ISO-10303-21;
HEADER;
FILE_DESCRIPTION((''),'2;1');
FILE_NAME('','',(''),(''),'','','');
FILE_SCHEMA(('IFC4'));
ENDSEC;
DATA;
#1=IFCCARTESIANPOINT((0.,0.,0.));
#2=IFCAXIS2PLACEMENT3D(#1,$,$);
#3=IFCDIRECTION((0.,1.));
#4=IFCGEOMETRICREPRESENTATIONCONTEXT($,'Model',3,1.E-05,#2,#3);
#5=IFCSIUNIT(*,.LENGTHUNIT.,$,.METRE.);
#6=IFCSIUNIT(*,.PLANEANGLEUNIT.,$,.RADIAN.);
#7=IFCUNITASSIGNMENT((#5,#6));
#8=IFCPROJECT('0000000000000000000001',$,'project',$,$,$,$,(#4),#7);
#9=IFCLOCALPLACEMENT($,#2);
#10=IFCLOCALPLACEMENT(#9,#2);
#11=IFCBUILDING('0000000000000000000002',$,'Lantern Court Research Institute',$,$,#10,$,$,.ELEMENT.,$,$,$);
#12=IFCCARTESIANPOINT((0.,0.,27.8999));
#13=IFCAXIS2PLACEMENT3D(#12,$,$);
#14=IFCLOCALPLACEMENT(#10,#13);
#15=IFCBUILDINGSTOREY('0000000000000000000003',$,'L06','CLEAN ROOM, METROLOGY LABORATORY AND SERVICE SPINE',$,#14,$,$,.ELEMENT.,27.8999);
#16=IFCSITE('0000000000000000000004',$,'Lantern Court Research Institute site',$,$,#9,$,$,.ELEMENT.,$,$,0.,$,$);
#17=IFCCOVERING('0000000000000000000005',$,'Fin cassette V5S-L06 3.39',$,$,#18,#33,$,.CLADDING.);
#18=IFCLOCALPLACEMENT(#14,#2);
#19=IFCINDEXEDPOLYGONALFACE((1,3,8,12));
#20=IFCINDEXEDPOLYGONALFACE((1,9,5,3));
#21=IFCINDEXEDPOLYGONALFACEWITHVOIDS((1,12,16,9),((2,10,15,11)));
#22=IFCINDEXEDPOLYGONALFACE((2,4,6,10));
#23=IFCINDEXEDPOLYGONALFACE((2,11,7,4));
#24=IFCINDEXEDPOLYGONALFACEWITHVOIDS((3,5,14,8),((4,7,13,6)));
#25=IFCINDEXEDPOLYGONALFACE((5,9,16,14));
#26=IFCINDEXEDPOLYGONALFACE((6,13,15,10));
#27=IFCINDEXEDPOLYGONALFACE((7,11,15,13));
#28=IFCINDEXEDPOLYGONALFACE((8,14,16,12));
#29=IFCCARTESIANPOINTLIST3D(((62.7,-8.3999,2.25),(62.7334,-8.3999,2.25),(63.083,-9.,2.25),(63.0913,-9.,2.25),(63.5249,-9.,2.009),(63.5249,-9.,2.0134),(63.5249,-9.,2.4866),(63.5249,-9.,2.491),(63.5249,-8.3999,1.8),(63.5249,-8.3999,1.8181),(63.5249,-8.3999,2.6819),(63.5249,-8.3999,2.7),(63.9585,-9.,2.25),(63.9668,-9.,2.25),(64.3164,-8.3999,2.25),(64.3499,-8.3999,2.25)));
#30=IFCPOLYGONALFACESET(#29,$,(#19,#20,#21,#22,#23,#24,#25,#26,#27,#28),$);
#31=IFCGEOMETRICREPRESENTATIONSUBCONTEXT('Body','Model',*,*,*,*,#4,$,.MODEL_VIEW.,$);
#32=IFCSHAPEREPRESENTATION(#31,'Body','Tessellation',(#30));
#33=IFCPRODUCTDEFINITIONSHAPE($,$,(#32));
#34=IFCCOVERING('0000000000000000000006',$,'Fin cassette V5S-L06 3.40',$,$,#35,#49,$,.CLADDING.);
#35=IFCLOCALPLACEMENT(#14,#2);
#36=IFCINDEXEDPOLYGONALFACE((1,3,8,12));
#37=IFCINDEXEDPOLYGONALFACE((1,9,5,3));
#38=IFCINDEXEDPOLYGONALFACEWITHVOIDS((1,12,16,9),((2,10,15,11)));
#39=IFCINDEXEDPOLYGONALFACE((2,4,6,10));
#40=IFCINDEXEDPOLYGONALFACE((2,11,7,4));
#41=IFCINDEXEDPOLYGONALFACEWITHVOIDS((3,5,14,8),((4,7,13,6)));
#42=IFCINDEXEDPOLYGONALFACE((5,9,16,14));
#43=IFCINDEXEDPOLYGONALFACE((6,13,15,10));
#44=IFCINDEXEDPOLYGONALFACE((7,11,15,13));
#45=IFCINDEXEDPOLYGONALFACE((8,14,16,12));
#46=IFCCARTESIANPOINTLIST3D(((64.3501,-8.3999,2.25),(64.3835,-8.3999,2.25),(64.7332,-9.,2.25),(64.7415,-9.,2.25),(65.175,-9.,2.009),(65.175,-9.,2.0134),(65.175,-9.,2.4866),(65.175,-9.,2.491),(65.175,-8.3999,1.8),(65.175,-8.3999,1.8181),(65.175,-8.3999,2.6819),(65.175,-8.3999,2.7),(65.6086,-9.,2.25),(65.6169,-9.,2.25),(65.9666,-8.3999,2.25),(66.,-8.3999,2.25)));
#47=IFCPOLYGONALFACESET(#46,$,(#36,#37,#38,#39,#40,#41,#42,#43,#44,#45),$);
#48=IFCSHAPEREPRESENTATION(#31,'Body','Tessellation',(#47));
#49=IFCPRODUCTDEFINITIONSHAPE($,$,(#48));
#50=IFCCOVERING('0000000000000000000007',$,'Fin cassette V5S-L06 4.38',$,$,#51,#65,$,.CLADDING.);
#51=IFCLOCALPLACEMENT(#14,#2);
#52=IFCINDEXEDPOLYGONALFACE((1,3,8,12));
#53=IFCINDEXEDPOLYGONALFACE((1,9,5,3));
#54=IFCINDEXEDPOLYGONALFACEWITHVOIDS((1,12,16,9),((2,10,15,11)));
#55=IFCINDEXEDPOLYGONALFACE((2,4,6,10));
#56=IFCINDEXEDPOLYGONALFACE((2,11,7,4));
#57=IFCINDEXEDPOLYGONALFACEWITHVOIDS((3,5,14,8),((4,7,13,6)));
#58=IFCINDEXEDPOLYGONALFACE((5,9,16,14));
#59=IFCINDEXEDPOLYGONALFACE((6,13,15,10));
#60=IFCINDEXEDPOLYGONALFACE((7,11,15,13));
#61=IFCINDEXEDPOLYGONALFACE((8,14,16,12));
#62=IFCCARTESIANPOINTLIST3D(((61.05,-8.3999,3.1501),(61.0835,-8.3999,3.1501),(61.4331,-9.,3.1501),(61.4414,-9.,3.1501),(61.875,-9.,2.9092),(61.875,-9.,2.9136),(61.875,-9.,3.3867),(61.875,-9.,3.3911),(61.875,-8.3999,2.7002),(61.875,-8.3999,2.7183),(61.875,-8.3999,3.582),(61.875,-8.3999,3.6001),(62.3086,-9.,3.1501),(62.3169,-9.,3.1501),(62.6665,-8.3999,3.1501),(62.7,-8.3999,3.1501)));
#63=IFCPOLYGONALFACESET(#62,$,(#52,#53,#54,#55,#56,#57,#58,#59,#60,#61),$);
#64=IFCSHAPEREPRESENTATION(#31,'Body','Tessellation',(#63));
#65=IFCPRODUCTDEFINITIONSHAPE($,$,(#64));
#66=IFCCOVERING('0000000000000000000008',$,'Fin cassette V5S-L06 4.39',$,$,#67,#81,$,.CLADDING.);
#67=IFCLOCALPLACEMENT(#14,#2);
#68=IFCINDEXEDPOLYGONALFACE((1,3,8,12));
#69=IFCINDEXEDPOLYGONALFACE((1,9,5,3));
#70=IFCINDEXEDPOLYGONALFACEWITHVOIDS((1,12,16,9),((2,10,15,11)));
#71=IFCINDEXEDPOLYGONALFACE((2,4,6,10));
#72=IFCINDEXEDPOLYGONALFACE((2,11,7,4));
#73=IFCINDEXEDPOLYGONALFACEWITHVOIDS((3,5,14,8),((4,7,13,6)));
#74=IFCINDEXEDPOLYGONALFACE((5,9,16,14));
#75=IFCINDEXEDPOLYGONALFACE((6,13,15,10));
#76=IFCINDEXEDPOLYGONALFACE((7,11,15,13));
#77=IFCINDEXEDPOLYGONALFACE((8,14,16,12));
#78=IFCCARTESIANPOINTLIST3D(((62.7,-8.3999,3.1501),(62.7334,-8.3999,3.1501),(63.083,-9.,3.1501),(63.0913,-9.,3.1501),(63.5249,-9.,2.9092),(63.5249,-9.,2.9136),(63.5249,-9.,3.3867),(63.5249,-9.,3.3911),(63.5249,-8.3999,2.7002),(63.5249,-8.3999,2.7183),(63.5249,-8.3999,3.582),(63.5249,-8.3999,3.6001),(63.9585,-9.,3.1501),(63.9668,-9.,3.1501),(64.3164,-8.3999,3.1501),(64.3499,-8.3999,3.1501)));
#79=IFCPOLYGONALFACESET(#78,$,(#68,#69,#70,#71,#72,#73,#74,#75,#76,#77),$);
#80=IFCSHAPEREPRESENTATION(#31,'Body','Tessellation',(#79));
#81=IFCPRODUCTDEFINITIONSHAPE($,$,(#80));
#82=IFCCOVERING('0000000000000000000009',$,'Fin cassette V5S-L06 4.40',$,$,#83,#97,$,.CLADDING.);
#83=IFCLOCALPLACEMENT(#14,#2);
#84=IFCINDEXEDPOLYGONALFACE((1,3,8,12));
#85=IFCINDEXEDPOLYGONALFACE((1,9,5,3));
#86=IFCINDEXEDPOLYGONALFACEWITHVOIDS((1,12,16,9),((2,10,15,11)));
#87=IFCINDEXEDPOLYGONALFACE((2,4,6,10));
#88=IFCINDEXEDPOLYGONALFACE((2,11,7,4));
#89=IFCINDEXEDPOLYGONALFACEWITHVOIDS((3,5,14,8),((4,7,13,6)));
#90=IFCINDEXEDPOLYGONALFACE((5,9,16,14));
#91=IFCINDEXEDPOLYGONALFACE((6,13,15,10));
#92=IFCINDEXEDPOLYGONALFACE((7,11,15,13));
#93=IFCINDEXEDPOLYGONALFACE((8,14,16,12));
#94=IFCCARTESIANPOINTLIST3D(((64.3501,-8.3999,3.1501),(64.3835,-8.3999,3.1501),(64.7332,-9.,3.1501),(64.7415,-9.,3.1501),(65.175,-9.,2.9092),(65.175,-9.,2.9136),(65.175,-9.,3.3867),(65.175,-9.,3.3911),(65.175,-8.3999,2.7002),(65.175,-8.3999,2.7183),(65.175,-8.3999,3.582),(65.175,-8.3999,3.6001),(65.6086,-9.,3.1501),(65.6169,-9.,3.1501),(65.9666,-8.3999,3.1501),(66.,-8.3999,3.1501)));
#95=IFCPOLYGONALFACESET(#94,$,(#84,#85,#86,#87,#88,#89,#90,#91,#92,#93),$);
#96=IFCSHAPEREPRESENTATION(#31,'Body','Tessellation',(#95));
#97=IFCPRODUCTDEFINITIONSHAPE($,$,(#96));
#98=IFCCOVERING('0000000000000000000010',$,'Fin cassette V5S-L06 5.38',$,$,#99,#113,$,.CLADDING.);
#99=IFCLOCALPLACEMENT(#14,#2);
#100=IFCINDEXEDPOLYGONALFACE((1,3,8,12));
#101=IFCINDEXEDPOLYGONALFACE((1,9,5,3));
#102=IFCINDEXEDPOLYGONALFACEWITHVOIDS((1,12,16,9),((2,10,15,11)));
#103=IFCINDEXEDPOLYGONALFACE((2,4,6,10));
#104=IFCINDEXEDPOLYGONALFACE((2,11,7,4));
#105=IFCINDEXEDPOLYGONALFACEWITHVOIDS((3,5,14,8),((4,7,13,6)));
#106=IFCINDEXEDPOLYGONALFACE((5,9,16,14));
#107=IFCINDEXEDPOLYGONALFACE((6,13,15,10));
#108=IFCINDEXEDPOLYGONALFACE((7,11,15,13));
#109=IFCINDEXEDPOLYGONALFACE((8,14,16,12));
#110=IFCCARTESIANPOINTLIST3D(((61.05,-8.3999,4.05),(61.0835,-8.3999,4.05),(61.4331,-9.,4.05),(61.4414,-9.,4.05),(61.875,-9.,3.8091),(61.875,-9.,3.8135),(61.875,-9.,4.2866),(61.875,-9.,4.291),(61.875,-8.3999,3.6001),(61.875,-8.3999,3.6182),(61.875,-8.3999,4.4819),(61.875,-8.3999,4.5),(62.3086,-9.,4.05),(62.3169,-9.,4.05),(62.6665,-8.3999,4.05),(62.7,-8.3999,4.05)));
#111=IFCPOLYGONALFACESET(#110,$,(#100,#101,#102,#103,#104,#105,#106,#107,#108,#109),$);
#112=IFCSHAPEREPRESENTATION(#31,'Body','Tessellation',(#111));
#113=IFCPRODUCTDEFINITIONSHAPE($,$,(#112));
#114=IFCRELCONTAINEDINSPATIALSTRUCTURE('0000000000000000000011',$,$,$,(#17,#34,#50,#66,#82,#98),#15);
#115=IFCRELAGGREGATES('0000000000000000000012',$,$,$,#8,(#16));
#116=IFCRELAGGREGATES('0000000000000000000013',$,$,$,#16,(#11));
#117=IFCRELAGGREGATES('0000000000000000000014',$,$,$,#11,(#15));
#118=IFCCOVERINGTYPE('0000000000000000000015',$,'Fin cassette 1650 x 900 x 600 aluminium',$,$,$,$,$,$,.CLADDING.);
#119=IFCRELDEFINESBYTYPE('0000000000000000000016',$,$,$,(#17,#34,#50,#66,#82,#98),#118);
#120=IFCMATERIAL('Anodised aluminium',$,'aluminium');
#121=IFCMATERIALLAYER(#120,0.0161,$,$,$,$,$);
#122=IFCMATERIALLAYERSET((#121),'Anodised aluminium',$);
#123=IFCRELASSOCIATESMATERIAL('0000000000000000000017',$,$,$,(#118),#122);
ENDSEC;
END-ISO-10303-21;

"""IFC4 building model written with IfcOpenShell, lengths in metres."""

from ifc_helpers import new_model, entity, si_unit, direction, frame, origin, place, context, subcontext, project, spatial, material, layer, layer_set, type_object, element, save


model = new_model("IFC4")

# Units and contexts
model_context = context("Model", 3, precision=1e-05, world=origin(), true_north=direction((0.0, 1.0)))
body_context = subcontext(model_context, "Body", "Model", "MODEL_VIEW")
ifc_project = project(units=[si_unit("LENGTHUNIT", "METRE"), si_unit("PLANEANGLEUNIT", "RADIAN")], contexts=[model_context])

# Site, building, storey
site_placement = place(None, origin())
site = spatial("IfcSite", under=ifc_project, at=site_placement, Name="Lantern Court Research Institute site", CompositionType="ELEMENT", RefElevation=0.0)
building_placement = place(site_placement, origin())
building = spatial("IfcBuilding", under=site, at=building_placement, Name="Lantern Court Research Institute", CompositionType="ELEMENT")
storey_placement = place(building_placement, frame((0.0, 0.0, 27.8999)))
storey = spatial("IfcBuildingStorey", under=building, at=storey_placement, Name="L06", Description="CLEAN ROOM, METROLOGY LABORATORY AND SERVICE SPINE", CompositionType="ELEMENT", Elevation=27.8999)

# Coverings
ifc_material_1 = material(Name="Anodised aluminium", Category="aluminium")
ifc_layer_1 = layer(ifc_material_1, 0.0161)
ifc_layer_set_1 = layer_set([ifc_layer_1], Name="Anodised aluminium")
covering_type = type_object("IfcCoveringType", Name="Fin cassette 1650 x 900 x 600 aluminium", PredefinedType="CLADDING", material=ifc_layer_set_1)
covering_1_placement = place(storey_placement, frame((63.5249, -8.3999, 2.25), z_axis=(0.0, -1.0, 0.0), x_axis=(1.0, 0.0, 0.0)))
cartesian_point_1 = entity("IfcCartesianPoint", [0.825, 0.0])
cartesian_point_2 = entity("IfcCartesianPoint", [0.7915, 0.0])
cartesian_point_3 = entity("IfcCartesianPoint", [0.4419, 0.0])
cartesian_point_4 = entity("IfcCartesianPoint", [0.4336, 0.0])
element("IfcCovering", 1, at=covering_1_placement, inside=storey, type_object=covering_type, Name="Fin cassette V5S-L06 3.39", PredefinedType="CLADDING", context=body_context, shape_type="SweptSolid", body=[
    entity("IfcExtrudedAreaSolidTapered", entity("IfcArbitraryProfileDefWithVoids", "AREA", None, entity("IfcPolyline", [cartesian_point_1, entity("IfcCartesianPoint", [0.0, 0.45]), entity("IfcCartesianPoint", [-0.825, 0.0]), entity("IfcCartesianPoint", [0.0, -0.45]), cartesian_point_1]), [entity("IfcPolyline", [cartesian_point_2, entity("IfcCartesianPoint", [0.0, 0.4319]), entity("IfcCartesianPoint", [-0.7915, 0.0]), entity("IfcCartesianPoint", [0.0, -0.4319]), cartesian_point_2])]), entity("IfcAxis2Placement3D", entity("IfcCartesianPoint", [0.0, 0.0, 0.0])), entity("IfcDirection", [0.0, 0.0, 1.0]), 0.6001, entity("IfcArbitraryProfileDefWithVoids", "AREA", None, entity("IfcPolyline", [cartesian_point_3, entity("IfcCartesianPoint", [0.0, 0.241]), entity("IfcCartesianPoint", [-0.4419, 0.0]), entity("IfcCartesianPoint", [0.0, -0.241]), cartesian_point_3]), [entity("IfcPolyline", [cartesian_point_4, entity("IfcCartesianPoint", [0.0, 0.2366]), entity("IfcCartesianPoint", [-0.4336, 0.0]), entity("IfcCartesianPoint", [0.0, -0.2366]), cartesian_point_4])])),
])
covering_2_placement = place(storey_placement, frame((65.175, -8.3999, 2.25), z_axis=(0.0, -1.0, 0.0), x_axis=(1.0, 0.0, 0.0)))
cartesian_point_5 = entity("IfcCartesianPoint", [0.825, 0.0])
cartesian_point_6 = entity("IfcCartesianPoint", [0.7915, 0.0])
cartesian_point_7 = entity("IfcCartesianPoint", [0.4419, 0.0])
cartesian_point_8 = entity("IfcCartesianPoint", [0.4336, 0.0])
element("IfcCovering", 2, at=covering_2_placement, inside=storey, type_object=covering_type, Name="Fin cassette V5S-L06 3.40", PredefinedType="CLADDING", context=body_context, shape_type="SweptSolid", body=[
    entity("IfcExtrudedAreaSolidTapered", entity("IfcArbitraryProfileDefWithVoids", "AREA", None, entity("IfcPolyline", [cartesian_point_5, entity("IfcCartesianPoint", [0.0, 0.45]), entity("IfcCartesianPoint", [-0.825, 0.0]), entity("IfcCartesianPoint", [0.0, -0.45]), cartesian_point_5]), [entity("IfcPolyline", [cartesian_point_6, entity("IfcCartesianPoint", [0.0, 0.4319]), entity("IfcCartesianPoint", [-0.7915, 0.0]), entity("IfcCartesianPoint", [0.0, -0.4319]), cartesian_point_6])]), entity("IfcAxis2Placement3D", entity("IfcCartesianPoint", [0.0, 0.0, 0.0])), entity("IfcDirection", [0.0, 0.0, 1.0]), 0.6001, entity("IfcArbitraryProfileDefWithVoids", "AREA", None, entity("IfcPolyline", [cartesian_point_7, entity("IfcCartesianPoint", [0.0, 0.241]), entity("IfcCartesianPoint", [-0.4419, 0.0]), entity("IfcCartesianPoint", [0.0, -0.241]), cartesian_point_7]), [entity("IfcPolyline", [cartesian_point_8, entity("IfcCartesianPoint", [0.0, 0.2366]), entity("IfcCartesianPoint", [-0.4336, 0.0]), entity("IfcCartesianPoint", [0.0, -0.2366]), cartesian_point_8])])),
])
covering_3_placement = place(storey_placement, frame((61.875, -8.3999, 3.1501), z_axis=(0.0, -1.0, 0.0), x_axis=(1.0, 0.0, 0.0)))
cartesian_point_9 = entity("IfcCartesianPoint", [0.825, 0.0])
cartesian_point_10 = entity("IfcCartesianPoint", [0.7915, 0.0])
cartesian_point_11 = entity("IfcCartesianPoint", [0.4419, 0.0])
cartesian_point_12 = entity("IfcCartesianPoint", [0.4336, 0.0])
element("IfcCovering", 3, at=covering_3_placement, inside=storey, type_object=covering_type, Name="Fin cassette V5S-L06 4.38", PredefinedType="CLADDING", context=body_context, shape_type="SweptSolid", body=[
    entity("IfcExtrudedAreaSolidTapered", entity("IfcArbitraryProfileDefWithVoids", "AREA", None, entity("IfcPolyline", [cartesian_point_9, entity("IfcCartesianPoint", [0.0, 0.45]), entity("IfcCartesianPoint", [-0.825, 0.0]), entity("IfcCartesianPoint", [0.0, -0.45]), cartesian_point_9]), [entity("IfcPolyline", [cartesian_point_10, entity("IfcCartesianPoint", [0.0, 0.4319]), entity("IfcCartesianPoint", [-0.7915, 0.0]), entity("IfcCartesianPoint", [0.0, -0.4319]), cartesian_point_10])]), entity("IfcAxis2Placement3D", entity("IfcCartesianPoint", [0.0, 0.0, 0.0])), entity("IfcDirection", [0.0, 0.0, 1.0]), 0.6001, entity("IfcArbitraryProfileDefWithVoids", "AREA", None, entity("IfcPolyline", [cartesian_point_11, entity("IfcCartesianPoint", [0.0, 0.241]), entity("IfcCartesianPoint", [-0.4419, 0.0]), entity("IfcCartesianPoint", [0.0, -0.241]), cartesian_point_11]), [entity("IfcPolyline", [cartesian_point_12, entity("IfcCartesianPoint", [0.0, 0.2366]), entity("IfcCartesianPoint", [-0.4336, 0.0]), entity("IfcCartesianPoint", [0.0, -0.2366]), cartesian_point_12])])),
])
covering_4_placement = place(storey_placement, frame((63.5249, -8.3999, 3.1501), z_axis=(0.0, -1.0, 0.0), x_axis=(1.0, 0.0, 0.0)))
cartesian_point_13 = entity("IfcCartesianPoint", [0.825, 0.0])
cartesian_point_14 = entity("IfcCartesianPoint", [0.7915, 0.0])
cartesian_point_15 = entity("IfcCartesianPoint", [0.4419, 0.0])
cartesian_point_16 = entity("IfcCartesianPoint", [0.4336, 0.0])
element("IfcCovering", 4, at=covering_4_placement, inside=storey, type_object=covering_type, Name="Fin cassette V5S-L06 4.39", PredefinedType="CLADDING", context=body_context, shape_type="SweptSolid", body=[
    entity("IfcExtrudedAreaSolidTapered", entity("IfcArbitraryProfileDefWithVoids", "AREA", None, entity("IfcPolyline", [cartesian_point_13, entity("IfcCartesianPoint", [0.0, 0.45]), entity("IfcCartesianPoint", [-0.825, 0.0]), entity("IfcCartesianPoint", [0.0, -0.45]), cartesian_point_13]), [entity("IfcPolyline", [cartesian_point_14, entity("IfcCartesianPoint", [0.0, 0.4319]), entity("IfcCartesianPoint", [-0.7915, 0.0]), entity("IfcCartesianPoint", [0.0, -0.4319]), cartesian_point_14])]), entity("IfcAxis2Placement3D", entity("IfcCartesianPoint", [0.0, 0.0, 0.0])), entity("IfcDirection", [0.0, 0.0, 1.0]), 0.6001, entity("IfcArbitraryProfileDefWithVoids", "AREA", None, entity("IfcPolyline", [cartesian_point_15, entity("IfcCartesianPoint", [0.0, 0.241]), entity("IfcCartesianPoint", [-0.4419, 0.0]), entity("IfcCartesianPoint", [0.0, -0.241]), cartesian_point_15]), [entity("IfcPolyline", [cartesian_point_16, entity("IfcCartesianPoint", [0.0, 0.2366]), entity("IfcCartesianPoint", [-0.4336, 0.0]), entity("IfcCartesianPoint", [0.0, -0.2366]), cartesian_point_16])])),
])
covering_5_placement = place(storey_placement, frame((65.175, -8.3999, 3.1501), z_axis=(0.0, -1.0, 0.0), x_axis=(1.0, 0.0, 0.0)))
cartesian_point_17 = entity("IfcCartesianPoint", [0.825, 0.0])
cartesian_point_18 = entity("IfcCartesianPoint", [0.7915, 0.0])
cartesian_point_19 = entity("IfcCartesianPoint", [0.4419, 0.0])
cartesian_point_20 = entity("IfcCartesianPoint", [0.4336, 0.0])
element("IfcCovering", 5, at=covering_5_placement, inside=storey, type_object=covering_type, Name="Fin cassette V5S-L06 4.40", PredefinedType="CLADDING", context=body_context, shape_type="SweptSolid", body=[
    entity("IfcExtrudedAreaSolidTapered", entity("IfcArbitraryProfileDefWithVoids", "AREA", None, entity("IfcPolyline", [cartesian_point_17, entity("IfcCartesianPoint", [0.0, 0.45]), entity("IfcCartesianPoint", [-0.825, 0.0]), entity("IfcCartesianPoint", [0.0, -0.45]), cartesian_point_17]), [entity("IfcPolyline", [cartesian_point_18, entity("IfcCartesianPoint", [0.0, 0.4319]), entity("IfcCartesianPoint", [-0.7915, 0.0]), entity("IfcCartesianPoint", [0.0, -0.4319]), cartesian_point_18])]), entity("IfcAxis2Placement3D", entity("IfcCartesianPoint", [0.0, 0.0, 0.0])), entity("IfcDirection", [0.0, 0.0, 1.0]), 0.6001, entity("IfcArbitraryProfileDefWithVoids", "AREA", None, entity("IfcPolyline", [cartesian_point_19, entity("IfcCartesianPoint", [0.0, 0.241]), entity("IfcCartesianPoint", [-0.4419, 0.0]), entity("IfcCartesianPoint", [0.0, -0.241]), cartesian_point_19]), [entity("IfcPolyline", [cartesian_point_20, entity("IfcCartesianPoint", [0.0, 0.2366]), entity("IfcCartesianPoint", [-0.4336, 0.0]), entity("IfcCartesianPoint", [0.0, -0.2366]), cartesian_point_20])])),
])
covering_6_placement = place(storey_placement, frame((61.875, -8.3999, 4.05), z_axis=(0.0, -1.0, 0.0), x_axis=(1.0, 0.0, 0.0)))
cartesian_point_21 = entity("IfcCartesianPoint", [0.825, 0.0])
cartesian_point_22 = entity("IfcCartesianPoint", [0.7915, 0.0])
cartesian_point_23 = entity("IfcCartesianPoint", [0.4419, 0.0])
cartesian_point_24 = entity("IfcCartesianPoint", [0.4336, 0.0])
element("IfcCovering", 6, at=covering_6_placement, inside=storey, type_object=covering_type, Name="Fin cassette V5S-L06 5.38", PredefinedType="CLADDING", context=body_context, shape_type="SweptSolid", body=[
    entity("IfcExtrudedAreaSolidTapered", entity("IfcArbitraryProfileDefWithVoids", "AREA", None, entity("IfcPolyline", [cartesian_point_21, entity("IfcCartesianPoint", [0.0, 0.45]), entity("IfcCartesianPoint", [-0.825, 0.0]), entity("IfcCartesianPoint", [0.0, -0.45]), cartesian_point_21]), [entity("IfcPolyline", [cartesian_point_22, entity("IfcCartesianPoint", [0.0, 0.4319]), entity("IfcCartesianPoint", [-0.7915, 0.0]), entity("IfcCartesianPoint", [0.0, -0.4319]), cartesian_point_22])]), entity("IfcAxis2Placement3D", entity("IfcCartesianPoint", [0.0, 0.0, 0.0])), entity("IfcDirection", [0.0, 0.0, 1.0]), 0.6001, entity("IfcArbitraryProfileDefWithVoids", "AREA", None, entity("IfcPolyline", [cartesian_point_23, entity("IfcCartesianPoint", [0.0, 0.241]), entity("IfcCartesianPoint", [-0.4419, 0.0]), entity("IfcCartesianPoint", [0.0, -0.241]), cartesian_point_23]), [entity("IfcPolyline", [cartesian_point_24, entity("IfcCartesianPoint", [0.0, 0.2366]), entity("IfcCartesianPoint", [-0.4336, 0.0]), entity("IfcCartesianPoint", [0.0, -0.2366]), cartesian_point_24])])),
])

save(model, "model.ifc")
